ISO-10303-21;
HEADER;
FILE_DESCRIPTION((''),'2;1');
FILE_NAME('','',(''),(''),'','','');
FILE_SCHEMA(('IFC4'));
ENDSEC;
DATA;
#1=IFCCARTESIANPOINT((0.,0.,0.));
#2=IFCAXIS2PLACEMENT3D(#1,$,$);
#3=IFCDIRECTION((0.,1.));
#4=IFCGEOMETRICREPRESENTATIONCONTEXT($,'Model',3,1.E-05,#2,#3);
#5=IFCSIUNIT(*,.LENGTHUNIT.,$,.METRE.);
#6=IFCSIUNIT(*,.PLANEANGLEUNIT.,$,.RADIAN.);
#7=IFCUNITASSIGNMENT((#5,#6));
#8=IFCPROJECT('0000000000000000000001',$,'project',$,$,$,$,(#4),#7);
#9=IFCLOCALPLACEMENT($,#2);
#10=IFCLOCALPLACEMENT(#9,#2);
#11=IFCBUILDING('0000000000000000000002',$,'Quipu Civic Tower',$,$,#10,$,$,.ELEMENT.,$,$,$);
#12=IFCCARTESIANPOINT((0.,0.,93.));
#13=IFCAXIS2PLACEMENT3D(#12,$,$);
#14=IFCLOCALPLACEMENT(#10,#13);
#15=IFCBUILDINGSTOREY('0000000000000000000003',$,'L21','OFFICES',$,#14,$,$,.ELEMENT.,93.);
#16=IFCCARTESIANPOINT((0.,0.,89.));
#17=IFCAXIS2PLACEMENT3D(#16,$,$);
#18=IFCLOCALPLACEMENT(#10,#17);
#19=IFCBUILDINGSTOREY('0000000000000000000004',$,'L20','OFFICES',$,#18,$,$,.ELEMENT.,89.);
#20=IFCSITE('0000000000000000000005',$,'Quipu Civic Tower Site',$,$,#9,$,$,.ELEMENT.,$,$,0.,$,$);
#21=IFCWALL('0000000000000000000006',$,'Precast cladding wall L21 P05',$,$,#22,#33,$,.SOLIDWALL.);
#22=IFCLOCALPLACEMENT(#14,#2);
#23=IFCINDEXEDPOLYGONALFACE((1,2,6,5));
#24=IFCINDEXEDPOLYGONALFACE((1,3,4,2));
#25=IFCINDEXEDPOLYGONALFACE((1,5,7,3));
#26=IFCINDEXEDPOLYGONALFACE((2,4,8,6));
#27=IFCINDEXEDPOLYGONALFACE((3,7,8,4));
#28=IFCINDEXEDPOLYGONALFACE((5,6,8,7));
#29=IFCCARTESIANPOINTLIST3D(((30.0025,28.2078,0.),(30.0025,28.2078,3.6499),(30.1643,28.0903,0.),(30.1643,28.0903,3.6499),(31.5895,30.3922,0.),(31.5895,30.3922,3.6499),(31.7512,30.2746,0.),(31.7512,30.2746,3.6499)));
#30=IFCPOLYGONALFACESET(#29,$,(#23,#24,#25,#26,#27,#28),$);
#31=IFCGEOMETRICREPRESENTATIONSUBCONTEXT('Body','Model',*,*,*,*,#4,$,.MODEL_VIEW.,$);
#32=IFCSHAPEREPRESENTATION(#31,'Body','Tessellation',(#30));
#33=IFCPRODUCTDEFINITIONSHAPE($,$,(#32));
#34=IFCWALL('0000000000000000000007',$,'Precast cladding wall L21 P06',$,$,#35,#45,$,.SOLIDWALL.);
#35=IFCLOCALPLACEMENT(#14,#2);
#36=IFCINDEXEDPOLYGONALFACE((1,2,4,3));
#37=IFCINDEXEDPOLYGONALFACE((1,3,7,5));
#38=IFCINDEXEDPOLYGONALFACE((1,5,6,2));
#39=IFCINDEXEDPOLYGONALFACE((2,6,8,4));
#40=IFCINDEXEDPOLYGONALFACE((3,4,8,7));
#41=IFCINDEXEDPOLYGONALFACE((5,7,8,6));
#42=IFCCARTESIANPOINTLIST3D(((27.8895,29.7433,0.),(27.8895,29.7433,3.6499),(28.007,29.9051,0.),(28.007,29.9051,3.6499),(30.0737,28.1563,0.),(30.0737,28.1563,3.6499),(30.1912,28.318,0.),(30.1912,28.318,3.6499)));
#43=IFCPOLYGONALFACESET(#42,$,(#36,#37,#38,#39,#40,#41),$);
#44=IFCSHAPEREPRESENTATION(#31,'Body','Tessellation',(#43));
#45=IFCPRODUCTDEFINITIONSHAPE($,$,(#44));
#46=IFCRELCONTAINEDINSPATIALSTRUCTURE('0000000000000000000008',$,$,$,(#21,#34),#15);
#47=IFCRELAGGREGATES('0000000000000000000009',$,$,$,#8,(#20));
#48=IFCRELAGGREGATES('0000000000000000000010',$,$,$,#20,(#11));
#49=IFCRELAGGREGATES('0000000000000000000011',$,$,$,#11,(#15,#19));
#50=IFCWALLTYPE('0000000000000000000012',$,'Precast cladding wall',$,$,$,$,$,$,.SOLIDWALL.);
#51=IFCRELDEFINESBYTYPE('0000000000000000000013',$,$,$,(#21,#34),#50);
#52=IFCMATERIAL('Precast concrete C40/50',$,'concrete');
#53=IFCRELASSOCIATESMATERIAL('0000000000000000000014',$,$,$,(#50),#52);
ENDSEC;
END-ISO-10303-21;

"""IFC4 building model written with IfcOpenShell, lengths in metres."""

from ifc_helpers import new_model, si_unit, direction, frame, frame_2d, origin, place, context, subcontext, project, spatial, rectangle, extrude, material, type_object, element, save


model = new_model("IFC4")

# Units and contexts
model_context = context("Model", 3, precision=1e-05, world=origin(), true_north=direction((0.0, 1.0)))
body_context = subcontext(model_context, "Body", "Model", "MODEL_VIEW")
ifc_project = project(units=[si_unit("LENGTHUNIT", "METRE"), si_unit("PLANEANGLEUNIT", "RADIAN")], contexts=[model_context])

# Site, building, storey
site_placement = place(None, origin())
site = spatial("IfcSite", under=ifc_project, at=site_placement, Name="Quipu Civic Tower Site", CompositionType="ELEMENT", RefElevation=0.0)
building_placement = place(site_placement, origin())
building = spatial("IfcBuilding", under=site, at=building_placement, Name="Quipu Civic Tower", CompositionType="ELEMENT")
storey_1_placement = place(building_placement, frame((0.0, 0.0, 93.0)))
storey_1 = spatial("IfcBuildingStorey", under=building, at=storey_1_placement, Name="L21", Description="OFFICES", CompositionType="ELEMENT", Elevation=93.0)

# Shared definitions
storey_2_placement = place(building_placement, frame((0.0, 0.0, 89.0)))
storey_2 = spatial("IfcBuildingStorey", under=building, at=storey_2_placement, Name="L20", Description="OFFICES", CompositionType="ELEMENT", Elevation=89.0)

# Walls
ifc_material_1 = material(Name="Precast concrete C40/50", Category="concrete")
wall_type_1 = type_object("IfcWallType", Name="Precast cladding wall", PredefinedType="SOLIDWALL", material=ifc_material_1)
for number, where, z_axis, x_axis, name in (
    (1, (31.6704, 30.3335, 0.0), (0.0, 0.0, 1.0), (-0.587763, -0.809033, 0.0), "Precast cladding wall L21 P05"),
    (2, (30.1326, 28.2371, 0.0), (0.0, 0.0, 1.0), (-0.80899, 0.587822, 0.0), "Precast cladding wall L21 P06"),
):
    element("IfcWall", number, at=place(storey_1_placement, frame(where, z_axis=z_axis, x_axis=x_axis)), inside=storey_1, type_object=wall_type_1, Name=name, PredefinedType="SOLIDWALL", context=body_context, shape_type="SweptSolid", body=[
        extrude(rectangle(XDim=2.7, YDim=0.2, at=frame_2d((1.3501, 0.0))), origin(), (0.0, 0.0, 1.0), 3.6499),
    ])

save(model, "model.ifc")
